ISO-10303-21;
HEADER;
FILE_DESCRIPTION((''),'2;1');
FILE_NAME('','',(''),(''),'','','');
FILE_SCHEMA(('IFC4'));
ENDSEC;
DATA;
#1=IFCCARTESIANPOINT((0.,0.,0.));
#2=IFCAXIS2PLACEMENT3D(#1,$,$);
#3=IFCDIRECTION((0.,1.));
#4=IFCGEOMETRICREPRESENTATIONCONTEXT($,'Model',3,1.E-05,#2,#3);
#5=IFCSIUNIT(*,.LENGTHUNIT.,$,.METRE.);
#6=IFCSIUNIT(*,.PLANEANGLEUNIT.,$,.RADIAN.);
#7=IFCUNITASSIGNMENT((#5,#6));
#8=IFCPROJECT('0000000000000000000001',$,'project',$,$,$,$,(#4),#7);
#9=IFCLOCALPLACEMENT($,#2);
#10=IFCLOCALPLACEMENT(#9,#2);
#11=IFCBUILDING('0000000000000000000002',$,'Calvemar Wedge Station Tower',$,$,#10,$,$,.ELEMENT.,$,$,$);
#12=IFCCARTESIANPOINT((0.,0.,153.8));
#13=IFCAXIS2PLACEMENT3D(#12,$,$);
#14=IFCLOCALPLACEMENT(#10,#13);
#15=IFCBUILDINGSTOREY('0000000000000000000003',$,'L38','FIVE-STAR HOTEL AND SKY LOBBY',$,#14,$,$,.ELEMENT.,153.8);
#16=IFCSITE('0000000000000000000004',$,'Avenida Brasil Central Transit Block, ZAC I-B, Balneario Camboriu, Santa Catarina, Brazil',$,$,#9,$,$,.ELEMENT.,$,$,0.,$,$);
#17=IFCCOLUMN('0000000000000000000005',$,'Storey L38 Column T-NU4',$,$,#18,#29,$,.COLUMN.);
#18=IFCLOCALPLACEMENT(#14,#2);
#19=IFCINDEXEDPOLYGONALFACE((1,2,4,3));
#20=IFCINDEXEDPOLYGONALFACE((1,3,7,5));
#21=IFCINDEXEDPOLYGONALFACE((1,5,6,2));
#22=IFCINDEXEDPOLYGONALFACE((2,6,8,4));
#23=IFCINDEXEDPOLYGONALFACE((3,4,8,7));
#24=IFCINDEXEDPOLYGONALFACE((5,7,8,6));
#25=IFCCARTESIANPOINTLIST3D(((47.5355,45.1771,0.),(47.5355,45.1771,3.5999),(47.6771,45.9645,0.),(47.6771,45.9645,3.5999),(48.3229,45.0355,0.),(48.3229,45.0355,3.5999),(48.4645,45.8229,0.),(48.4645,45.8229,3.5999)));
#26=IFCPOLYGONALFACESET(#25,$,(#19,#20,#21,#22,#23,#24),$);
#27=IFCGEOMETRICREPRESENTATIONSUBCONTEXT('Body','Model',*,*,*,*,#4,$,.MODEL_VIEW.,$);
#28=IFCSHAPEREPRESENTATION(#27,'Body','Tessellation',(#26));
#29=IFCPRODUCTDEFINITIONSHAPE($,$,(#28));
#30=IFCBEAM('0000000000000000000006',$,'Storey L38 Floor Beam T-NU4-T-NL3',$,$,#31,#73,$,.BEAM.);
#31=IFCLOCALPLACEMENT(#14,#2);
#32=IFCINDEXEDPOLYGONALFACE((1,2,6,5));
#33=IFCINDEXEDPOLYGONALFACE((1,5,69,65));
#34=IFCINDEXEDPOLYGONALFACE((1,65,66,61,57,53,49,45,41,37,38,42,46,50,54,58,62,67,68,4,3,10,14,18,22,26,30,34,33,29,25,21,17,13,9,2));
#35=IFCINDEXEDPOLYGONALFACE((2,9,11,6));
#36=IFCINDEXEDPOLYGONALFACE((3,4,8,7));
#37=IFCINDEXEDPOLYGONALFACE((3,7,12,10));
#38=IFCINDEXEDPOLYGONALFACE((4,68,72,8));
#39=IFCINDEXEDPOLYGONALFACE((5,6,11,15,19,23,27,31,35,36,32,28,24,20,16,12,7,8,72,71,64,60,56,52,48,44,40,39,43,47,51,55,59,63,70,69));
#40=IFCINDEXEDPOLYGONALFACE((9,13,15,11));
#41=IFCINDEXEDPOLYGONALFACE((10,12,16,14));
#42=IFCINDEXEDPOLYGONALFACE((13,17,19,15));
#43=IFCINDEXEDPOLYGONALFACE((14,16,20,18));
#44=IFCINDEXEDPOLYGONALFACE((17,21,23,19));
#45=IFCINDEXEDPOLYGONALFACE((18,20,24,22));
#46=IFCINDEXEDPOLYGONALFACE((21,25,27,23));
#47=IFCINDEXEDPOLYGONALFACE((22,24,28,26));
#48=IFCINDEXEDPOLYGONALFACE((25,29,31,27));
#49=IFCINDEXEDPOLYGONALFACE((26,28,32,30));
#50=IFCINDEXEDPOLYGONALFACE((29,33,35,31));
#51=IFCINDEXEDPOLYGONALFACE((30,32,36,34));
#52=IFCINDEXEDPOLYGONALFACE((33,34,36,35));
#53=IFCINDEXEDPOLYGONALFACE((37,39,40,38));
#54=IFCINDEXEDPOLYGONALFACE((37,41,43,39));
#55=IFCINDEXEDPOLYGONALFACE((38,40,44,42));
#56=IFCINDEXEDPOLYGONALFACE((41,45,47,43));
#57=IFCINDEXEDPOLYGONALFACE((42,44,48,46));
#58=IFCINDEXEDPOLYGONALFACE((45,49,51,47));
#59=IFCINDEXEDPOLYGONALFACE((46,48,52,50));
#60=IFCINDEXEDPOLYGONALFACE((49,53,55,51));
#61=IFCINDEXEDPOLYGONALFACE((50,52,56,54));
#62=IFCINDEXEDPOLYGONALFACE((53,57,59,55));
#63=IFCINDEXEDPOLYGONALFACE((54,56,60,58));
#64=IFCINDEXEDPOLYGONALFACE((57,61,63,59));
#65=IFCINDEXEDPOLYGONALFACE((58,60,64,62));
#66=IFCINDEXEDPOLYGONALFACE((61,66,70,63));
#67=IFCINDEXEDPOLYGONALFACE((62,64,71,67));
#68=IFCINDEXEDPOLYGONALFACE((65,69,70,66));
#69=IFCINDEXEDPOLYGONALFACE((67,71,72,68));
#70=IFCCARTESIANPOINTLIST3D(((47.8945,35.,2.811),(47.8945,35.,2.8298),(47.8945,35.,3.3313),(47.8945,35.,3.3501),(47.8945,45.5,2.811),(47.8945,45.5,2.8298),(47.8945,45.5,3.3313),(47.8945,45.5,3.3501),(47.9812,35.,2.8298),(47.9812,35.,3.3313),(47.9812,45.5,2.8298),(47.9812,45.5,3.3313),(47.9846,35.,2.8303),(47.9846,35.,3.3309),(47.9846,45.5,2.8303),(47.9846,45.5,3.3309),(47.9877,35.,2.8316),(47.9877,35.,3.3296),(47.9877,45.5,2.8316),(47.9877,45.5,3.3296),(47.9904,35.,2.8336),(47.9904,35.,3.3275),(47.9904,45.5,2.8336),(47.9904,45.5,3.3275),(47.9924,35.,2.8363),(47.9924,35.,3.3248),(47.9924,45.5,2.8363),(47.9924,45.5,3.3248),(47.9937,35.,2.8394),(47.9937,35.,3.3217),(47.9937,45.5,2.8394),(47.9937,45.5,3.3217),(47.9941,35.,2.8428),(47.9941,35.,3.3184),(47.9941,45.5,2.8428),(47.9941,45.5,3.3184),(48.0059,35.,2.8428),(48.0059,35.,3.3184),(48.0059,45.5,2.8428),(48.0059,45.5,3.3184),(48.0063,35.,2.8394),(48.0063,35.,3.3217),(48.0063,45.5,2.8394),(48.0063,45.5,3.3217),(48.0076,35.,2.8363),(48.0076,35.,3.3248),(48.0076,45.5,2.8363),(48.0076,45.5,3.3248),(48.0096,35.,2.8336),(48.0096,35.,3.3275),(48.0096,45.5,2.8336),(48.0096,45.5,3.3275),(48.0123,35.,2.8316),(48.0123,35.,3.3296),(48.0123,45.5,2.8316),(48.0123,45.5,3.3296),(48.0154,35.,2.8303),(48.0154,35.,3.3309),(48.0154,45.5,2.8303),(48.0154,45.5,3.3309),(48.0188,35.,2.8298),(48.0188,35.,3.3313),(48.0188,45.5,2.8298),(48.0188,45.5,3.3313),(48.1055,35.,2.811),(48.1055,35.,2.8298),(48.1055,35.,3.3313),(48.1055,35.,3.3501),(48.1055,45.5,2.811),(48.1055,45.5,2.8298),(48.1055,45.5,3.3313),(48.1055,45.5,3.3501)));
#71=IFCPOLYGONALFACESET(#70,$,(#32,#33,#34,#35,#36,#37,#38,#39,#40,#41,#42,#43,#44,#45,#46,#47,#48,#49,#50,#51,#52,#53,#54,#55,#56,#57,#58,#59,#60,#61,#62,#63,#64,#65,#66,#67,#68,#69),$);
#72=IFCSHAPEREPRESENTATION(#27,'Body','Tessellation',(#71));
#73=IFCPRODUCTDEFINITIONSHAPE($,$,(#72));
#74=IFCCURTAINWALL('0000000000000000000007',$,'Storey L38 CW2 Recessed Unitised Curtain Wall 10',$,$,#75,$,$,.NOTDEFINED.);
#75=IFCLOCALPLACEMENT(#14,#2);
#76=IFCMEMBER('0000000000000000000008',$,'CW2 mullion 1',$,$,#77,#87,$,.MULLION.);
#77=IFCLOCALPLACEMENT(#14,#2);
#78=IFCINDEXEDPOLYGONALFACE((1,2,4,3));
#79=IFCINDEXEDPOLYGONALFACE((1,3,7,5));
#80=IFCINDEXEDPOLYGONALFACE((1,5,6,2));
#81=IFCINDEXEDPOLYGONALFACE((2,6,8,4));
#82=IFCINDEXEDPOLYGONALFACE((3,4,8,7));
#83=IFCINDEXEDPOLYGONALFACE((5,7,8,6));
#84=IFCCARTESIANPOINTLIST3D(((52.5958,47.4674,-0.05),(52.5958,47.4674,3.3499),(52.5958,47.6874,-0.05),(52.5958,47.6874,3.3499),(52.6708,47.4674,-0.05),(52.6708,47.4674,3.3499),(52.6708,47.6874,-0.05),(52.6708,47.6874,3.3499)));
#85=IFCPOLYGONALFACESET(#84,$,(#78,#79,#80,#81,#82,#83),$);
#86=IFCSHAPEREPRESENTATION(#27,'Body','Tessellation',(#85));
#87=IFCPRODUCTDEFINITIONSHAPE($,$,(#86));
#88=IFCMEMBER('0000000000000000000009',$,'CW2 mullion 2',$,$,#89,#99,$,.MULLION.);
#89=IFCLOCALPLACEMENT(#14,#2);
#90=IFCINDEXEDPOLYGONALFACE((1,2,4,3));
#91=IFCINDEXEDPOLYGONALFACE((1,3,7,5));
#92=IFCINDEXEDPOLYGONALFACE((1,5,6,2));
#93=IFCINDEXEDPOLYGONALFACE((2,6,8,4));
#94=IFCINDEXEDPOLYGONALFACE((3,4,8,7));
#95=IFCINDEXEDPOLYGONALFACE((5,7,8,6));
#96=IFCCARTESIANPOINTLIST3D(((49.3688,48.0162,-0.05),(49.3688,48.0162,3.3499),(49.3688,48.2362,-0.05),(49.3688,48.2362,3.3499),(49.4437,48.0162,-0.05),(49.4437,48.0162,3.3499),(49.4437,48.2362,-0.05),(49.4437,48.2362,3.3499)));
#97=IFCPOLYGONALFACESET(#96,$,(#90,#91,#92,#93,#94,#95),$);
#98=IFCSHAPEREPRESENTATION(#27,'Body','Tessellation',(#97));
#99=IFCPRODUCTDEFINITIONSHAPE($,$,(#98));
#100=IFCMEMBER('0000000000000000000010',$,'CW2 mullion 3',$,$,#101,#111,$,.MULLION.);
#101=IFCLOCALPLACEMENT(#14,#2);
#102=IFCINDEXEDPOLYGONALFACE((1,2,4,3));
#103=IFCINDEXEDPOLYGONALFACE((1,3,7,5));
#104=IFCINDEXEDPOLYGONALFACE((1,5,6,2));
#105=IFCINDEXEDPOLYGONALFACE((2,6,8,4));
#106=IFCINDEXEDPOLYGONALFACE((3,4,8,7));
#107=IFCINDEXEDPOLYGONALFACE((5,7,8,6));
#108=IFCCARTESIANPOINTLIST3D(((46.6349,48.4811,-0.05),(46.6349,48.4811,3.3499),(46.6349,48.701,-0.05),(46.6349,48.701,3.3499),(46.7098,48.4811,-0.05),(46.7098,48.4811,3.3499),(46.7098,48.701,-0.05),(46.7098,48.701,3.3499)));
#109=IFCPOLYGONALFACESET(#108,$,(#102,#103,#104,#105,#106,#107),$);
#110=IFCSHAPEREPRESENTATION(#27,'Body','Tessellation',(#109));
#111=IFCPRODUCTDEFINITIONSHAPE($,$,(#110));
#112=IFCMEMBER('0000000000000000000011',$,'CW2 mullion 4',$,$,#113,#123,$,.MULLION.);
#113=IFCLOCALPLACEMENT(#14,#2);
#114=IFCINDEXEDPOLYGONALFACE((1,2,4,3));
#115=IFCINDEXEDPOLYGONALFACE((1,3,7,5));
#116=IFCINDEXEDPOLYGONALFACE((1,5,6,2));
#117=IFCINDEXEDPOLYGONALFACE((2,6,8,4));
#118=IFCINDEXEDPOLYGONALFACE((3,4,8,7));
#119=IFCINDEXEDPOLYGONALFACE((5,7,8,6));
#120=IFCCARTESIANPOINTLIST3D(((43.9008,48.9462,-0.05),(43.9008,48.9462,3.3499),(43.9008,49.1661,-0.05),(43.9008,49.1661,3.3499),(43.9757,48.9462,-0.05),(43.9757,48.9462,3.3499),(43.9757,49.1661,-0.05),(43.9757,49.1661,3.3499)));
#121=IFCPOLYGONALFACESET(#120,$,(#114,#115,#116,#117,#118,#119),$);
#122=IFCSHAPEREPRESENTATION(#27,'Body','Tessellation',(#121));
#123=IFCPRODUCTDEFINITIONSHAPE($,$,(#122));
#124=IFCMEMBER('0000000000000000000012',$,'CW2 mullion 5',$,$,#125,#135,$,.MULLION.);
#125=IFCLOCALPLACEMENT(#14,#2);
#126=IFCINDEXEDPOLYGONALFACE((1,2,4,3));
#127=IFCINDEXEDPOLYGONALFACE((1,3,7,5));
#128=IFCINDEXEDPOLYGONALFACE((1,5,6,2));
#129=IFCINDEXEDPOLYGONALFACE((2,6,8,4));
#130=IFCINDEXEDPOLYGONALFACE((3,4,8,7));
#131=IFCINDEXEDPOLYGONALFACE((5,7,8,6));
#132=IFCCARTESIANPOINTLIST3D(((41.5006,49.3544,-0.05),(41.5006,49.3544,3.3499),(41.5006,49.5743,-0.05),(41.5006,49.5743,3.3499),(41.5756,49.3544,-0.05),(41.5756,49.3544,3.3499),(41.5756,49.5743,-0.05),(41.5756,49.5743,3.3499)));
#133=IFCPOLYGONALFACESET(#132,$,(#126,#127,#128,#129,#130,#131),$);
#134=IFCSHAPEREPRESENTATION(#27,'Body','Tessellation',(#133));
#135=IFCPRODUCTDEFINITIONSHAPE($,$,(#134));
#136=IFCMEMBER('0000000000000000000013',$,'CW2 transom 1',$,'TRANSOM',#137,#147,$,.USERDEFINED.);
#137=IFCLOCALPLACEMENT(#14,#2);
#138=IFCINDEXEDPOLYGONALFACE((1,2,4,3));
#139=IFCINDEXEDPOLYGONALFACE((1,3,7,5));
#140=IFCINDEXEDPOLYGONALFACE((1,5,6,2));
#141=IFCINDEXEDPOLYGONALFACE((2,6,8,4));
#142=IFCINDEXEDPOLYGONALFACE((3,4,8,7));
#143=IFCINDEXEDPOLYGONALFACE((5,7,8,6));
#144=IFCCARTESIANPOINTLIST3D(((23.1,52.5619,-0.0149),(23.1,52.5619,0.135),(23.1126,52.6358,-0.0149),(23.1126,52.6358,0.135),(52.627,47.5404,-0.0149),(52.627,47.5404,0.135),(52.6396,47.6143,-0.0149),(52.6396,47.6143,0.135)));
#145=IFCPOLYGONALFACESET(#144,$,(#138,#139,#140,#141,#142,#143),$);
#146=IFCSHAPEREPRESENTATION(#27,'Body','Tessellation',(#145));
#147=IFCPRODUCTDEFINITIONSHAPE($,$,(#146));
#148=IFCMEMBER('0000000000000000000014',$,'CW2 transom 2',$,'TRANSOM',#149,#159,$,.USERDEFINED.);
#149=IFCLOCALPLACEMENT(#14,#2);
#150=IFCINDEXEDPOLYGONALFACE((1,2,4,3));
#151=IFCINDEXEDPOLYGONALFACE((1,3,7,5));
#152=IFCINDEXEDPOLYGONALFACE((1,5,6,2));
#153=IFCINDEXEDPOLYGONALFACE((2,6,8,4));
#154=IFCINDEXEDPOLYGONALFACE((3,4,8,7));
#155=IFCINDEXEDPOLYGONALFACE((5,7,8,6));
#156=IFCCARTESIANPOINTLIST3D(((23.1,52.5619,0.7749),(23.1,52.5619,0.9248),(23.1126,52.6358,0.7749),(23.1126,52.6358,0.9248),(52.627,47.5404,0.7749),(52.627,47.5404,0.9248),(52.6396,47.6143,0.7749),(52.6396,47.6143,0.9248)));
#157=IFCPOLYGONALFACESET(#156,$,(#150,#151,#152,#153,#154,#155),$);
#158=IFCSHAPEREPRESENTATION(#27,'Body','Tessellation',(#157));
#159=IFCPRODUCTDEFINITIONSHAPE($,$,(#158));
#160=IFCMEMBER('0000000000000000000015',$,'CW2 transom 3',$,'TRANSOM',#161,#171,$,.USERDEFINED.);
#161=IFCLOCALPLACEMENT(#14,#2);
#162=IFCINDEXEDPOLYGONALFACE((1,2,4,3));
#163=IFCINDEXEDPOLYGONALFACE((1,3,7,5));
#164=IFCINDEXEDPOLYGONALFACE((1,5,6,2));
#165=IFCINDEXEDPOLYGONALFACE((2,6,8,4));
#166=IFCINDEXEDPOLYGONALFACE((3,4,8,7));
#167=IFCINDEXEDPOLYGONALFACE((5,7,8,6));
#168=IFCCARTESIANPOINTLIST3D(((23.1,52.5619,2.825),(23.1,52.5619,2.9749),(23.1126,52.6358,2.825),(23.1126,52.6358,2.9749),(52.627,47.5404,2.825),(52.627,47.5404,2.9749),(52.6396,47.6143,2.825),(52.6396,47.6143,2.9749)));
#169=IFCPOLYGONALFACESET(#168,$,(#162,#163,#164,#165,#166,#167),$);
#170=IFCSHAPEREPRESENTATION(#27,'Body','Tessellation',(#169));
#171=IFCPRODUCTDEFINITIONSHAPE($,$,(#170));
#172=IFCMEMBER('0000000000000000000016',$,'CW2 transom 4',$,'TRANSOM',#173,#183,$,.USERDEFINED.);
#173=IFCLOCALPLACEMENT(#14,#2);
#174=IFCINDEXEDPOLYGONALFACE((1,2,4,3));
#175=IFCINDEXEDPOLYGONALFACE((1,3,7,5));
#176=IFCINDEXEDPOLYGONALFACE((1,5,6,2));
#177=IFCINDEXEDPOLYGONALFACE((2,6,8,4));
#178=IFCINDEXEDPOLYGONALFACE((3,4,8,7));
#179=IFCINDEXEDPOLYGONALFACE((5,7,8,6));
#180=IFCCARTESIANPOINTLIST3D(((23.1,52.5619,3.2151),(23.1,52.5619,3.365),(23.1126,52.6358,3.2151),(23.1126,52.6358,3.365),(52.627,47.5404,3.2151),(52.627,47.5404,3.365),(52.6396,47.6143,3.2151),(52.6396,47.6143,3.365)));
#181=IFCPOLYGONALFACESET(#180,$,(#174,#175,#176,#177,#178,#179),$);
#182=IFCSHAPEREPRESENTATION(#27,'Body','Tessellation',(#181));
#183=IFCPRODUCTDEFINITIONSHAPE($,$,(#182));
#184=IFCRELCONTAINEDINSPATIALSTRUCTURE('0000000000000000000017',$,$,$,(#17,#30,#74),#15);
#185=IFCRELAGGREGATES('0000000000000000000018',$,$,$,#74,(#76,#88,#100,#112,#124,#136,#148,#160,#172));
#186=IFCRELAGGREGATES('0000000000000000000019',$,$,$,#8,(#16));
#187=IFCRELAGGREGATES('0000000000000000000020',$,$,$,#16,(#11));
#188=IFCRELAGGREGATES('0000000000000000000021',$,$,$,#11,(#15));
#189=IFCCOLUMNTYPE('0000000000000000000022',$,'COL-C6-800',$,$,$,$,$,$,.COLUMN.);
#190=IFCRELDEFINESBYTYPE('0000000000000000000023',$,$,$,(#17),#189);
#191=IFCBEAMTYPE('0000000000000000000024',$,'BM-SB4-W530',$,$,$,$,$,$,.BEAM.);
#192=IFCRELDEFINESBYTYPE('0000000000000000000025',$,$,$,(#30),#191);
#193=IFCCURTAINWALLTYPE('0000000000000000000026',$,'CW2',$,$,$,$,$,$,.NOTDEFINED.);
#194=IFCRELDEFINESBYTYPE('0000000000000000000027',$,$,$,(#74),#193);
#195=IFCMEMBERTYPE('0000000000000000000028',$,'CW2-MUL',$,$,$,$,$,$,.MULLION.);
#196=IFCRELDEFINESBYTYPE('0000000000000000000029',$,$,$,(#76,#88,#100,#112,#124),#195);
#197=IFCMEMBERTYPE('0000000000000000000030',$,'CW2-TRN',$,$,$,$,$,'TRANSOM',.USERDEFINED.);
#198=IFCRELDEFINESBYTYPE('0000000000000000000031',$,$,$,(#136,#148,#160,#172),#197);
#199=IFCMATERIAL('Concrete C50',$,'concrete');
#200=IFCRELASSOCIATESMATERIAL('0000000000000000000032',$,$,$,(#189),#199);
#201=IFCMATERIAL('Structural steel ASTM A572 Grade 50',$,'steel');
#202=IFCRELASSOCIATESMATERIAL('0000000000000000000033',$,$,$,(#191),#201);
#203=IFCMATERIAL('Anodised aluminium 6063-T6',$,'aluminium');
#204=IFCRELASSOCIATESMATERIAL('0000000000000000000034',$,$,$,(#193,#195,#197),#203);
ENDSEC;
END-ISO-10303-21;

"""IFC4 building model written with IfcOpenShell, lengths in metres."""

from ifc_helpers import new_model, si_unit, direction, frame, origin, origin_2d, place, context, subcontext, project, spatial, rectangle, i_section, extrude, source, transform, mapped, material, material_profile, profile_set, type_object, element, aggregate, save


model = new_model("IFC4")

# Units and contexts
model_context = context("Model", 3, precision=1e-05, world=origin(), true_north=direction((0.0, 1.0)))
body_context = subcontext(model_context, "Body", "Model", "MODEL_VIEW")
ifc_project = project(units=[si_unit("LENGTHUNIT", "METRE"), si_unit("PLANEANGLEUNIT", "RADIAN")], contexts=[model_context])

# Site, building, storey
site_placement = place(None, origin())
site = spatial("IfcSite", under=ifc_project, at=site_placement, Name="Avenida Brasil Central Transit Block, ZAC I-B, Balneario Camboriu, Santa Catarina, Brazil", CompositionType="ELEMENT", RefElevation=0.0)
building_placement = place(site_placement, origin())
building = spatial("IfcBuilding", under=site, at=building_placement, Name="Calvemar Wedge Station Tower", CompositionType="ELEMENT")
storey_placement = place(building_placement, frame((0.0, 0.0, 153.8)))
storey = spatial("IfcBuildingStorey", under=building, at=storey_placement, Name="L38", Description="FIVE-STAR HOTEL AND SKY LOBBY", CompositionType="ELEMENT", Elevation=153.8)

# Column
ifc_material_1 = material(Name="Concrete C50", Category="concrete")
ifc_material_profile_1 = material_profile(ifc_material_1, rectangle(XDim=0.8, YDim=0.8, at=origin_2d()), Name="RC800x800")
ifc_profile_set_1 = profile_set([ifc_material_profile_1], Name="Concrete C50")
column_type = type_object("IfcColumnType", Name="COL-C6-800", PredefinedType="COLUMN", material=ifc_profile_set_1)
shared_shape_1 = source(origin(), body_context, "Body", "SweptSolid", [
    extrude(rectangle(XDim=0.8, YDim=0.8, at=origin_2d()), origin(), (0.0, 0.0, 1.0), 3.5999),
])
column_placement = place(storey_placement, frame((48.0, 45.5, 0.0), z_axis=(0.0, 0.0, 1.0), x_axis=(0.984196, -0.177085, 0.0)))
element("IfcColumn", 1, at=column_placement, inside=storey, type_object=column_type, Name="Storey L38 Column T-NU4", PredefinedType="COLUMN", context=body_context, shape_type="MappedRepresentation", body=[
    mapped(shared_shape_1, transform((0.0, 0.0, 0.0), scale=1.0)),
])

# Beam
ifc_material_2 = material(Name="Structural steel ASTM A572 Grade 50", Category="steel")
ifc_material_profile_2 = material_profile(ifc_material_2, i_section(OverallWidth=0.2109, OverallDepth=0.5391, WebThickness=0.0117, FlangeThickness=0.0188, FilletRadius=0.0129, at=origin_2d()), Name="W530x109")
ifc_profile_set_2 = profile_set([ifc_material_profile_2], Name="Structural steel ASTM A572 Grade 50")
beam_type = type_object("IfcBeamType", Name="BM-SB4-W530", PredefinedType="BEAM", material=ifc_profile_set_2)
shared_shape_2 = source(origin(), body_context, "Body", "SweptSolid", [
    extrude(i_section(OverallWidth=0.2109, OverallDepth=0.5391, WebThickness=0.0117, FlangeThickness=0.0188, FilletRadius=0.0129, at=origin_2d()), origin(), (0.0, 0.0, 1.0), 10.5),
])
beam_placement = place(storey_placement, frame((48.0, 45.5, 3.0806), z_axis=(0.0, -1.0, 0.0), x_axis=(1.0, 0.0, 0.0)))
element("IfcBeam", 2, at=beam_placement, inside=storey, type_object=beam_type, Name="Storey L38 Floor Beam T-NU4-T-NL3", PredefinedType="BEAM", context=body_context, shape_type="MappedRepresentation", body=[
    mapped(shared_shape_2, transform((0.0, 0.0, 0.0), scale=1.0)),
])

# Curtain wall, members
ifc_material_3 = material(Name="Anodised aluminium 6063-T6", Category="aluminium")
curtain_wall_type = type_object("IfcCurtainWallType", Name="CW2", PredefinedType="NOTDEFINED", material=ifc_material_3)
curtain_wall_placement = place(storey_placement, origin())
curtain_wall = element("IfcCurtainWall", 3, at=curtain_wall_placement, inside=storey, type_object=curtain_wall_type, Name="Storey L38 CW2 Recessed Unitised Curtain Wall 10", PredefinedType="NOTDEFINED")
ifc_material_profile_3 = material_profile(ifc_material_3, rectangle(XDim=0.075, YDim=0.22, at=origin_2d()), Name="AL-MUL-75x220")
ifc_profile_set_3 = profile_set([ifc_material_profile_3], Name="Anodised aluminium 6063-T6")
member_type_1 = type_object("IfcMemberType", Name="CW2-MUL", PredefinedType="MULLION", material=ifc_profile_set_3)
shared_shape_3 = source(origin(), body_context, "Body", "SweptSolid", [
    extrude(rectangle(XDim=0.075, YDim=0.22, at=origin_2d()), origin(), (0.0, 0.0, 1.0), 3.3999),
])
member_1_placement = place(storey_placement, frame((52.6333, 47.5774, -0.05), z_axis=(0.0, 0.0, 1.0), x_axis=(1.0, 0.0, 0.0)))
member_1 = element("IfcMember", 4, at=member_1_placement, type_object=member_type_1, Name="CW2 mullion 1", PredefinedType="MULLION", context=body_context, shape_type="MappedRepresentation", body=[
    mapped(shared_shape_3, transform((0.0, 0.0, 0.0), scale=1.0)),
])
member_2_placement = place(storey_placement, frame((49.4062, 48.1262, -0.05), z_axis=(0.0, 0.0, 1.0), x_axis=(1.0, 0.0, 0.0)))
member_2 = element("IfcMember", 5, at=member_2_placement, type_object=member_type_1, Name="CW2 mullion 2", PredefinedType="MULLION", context=body_context, shape_type="MappedRepresentation", body=[
    mapped(shared_shape_3, transform((0.0, 0.0, 0.0), scale=1.0)),
])
member_3_placement = place(storey_placement, frame((46.6724, 48.5911, -0.05), z_axis=(0.0, 0.0, 1.0), x_axis=(1.0, 0.0, 0.0)))
member_3 = element("IfcMember", 6, at=member_3_placement, type_object=member_type_1, Name="CW2 mullion 3", PredefinedType="MULLION", context=body_context, shape_type="MappedRepresentation", body=[
    mapped(shared_shape_3, transform((0.0, 0.0, 0.0), scale=1.0)),
])
member_4_placement = place(storey_placement, frame((43.9382, 49.0562, -0.05), z_axis=(0.0, 0.0, 1.0), x_axis=(1.0, 0.0, 0.0)))
member_4 = element("IfcMember", 7, at=member_4_placement, type_object=member_type_1, Name="CW2 mullion 4", PredefinedType="MULLION", context=body_context, shape_type="MappedRepresentation", body=[
    mapped(shared_shape_3, transform((0.0, 0.0, 0.0), scale=1.0)),
])
member_5_placement = place(storey_placement, frame((41.5381, 49.4644, -0.05), z_axis=(0.0, 0.0, 1.0), x_axis=(1.0, 0.0, 0.0)))
member_5 = element("IfcMember", 8, at=member_5_placement, type_object=member_type_1, Name="CW2 mullion 5", PredefinedType="MULLION", context=body_context, shape_type="MappedRepresentation", body=[
    mapped(shared_shape_3, transform((0.0, 0.0, 0.0), scale=1.0)),
])
ifc_material_profile_4 = material_profile(ifc_material_3, rectangle(XDim=0.075, YDim=0.1499, at=origin_2d()), Name="AL-TRN-75x150")
ifc_profile_set_4 = profile_set([ifc_material_profile_4], Name="Anodised aluminium 6063-T6")
member_type_2 = type_object("IfcMemberType", Name="CW2-TRN", ElementType="TRANSOM", PredefinedType="USERDEFINED", material=ifc_profile_set_4)
shared_shape_4 = source(origin(), body_context, "Body", "SweptSolid", [
    extrude(rectangle(XDim=0.075, YDim=0.1499, at=origin_2d()), origin(), (0.0, 0.0, 1.0), 29.9509),
])
member_6_placement = place(storey_placement, frame((52.6333, 47.5774, 0.0601), z_axis=(-0.985845, 0.167656, 0.0), x_axis=(-0.167656, -0.985845, 0.0)))
member_6 = element("IfcMember", 9, at=member_6_placement, type_object=member_type_2, Name="CW2 transom 1", ObjectType="TRANSOM", PredefinedType="USERDEFINED", context=body_context, shape_type="MappedRepresentation", body=[
    mapped(shared_shape_4, transform((0.0, 0.0, 0.0), scale=1.0)),
])
member_7_placement = place(storey_placement, frame((52.6333, 47.5774, 0.8499), z_axis=(-0.985845, 0.167656, 0.0), x_axis=(-0.167656, -0.985845, 0.0)))
member_7 = element("IfcMember", 10, at=member_7_placement, type_object=member_type_2, Name="CW2 transom 2", ObjectType="TRANSOM", PredefinedType="USERDEFINED", context=body_context, shape_type="MappedRepresentation", body=[
    mapped(shared_shape_4, transform((0.0, 0.0, 0.0), scale=1.0)),
])
member_8_placement = place(storey_placement, frame((52.6333, 47.5774, 2.8999), z_axis=(-0.985845, 0.167656, 0.0), x_axis=(-0.167656, -0.985845, 0.0)))
member_8 = element("IfcMember", 11, at=member_8_placement, type_object=member_type_2, Name="CW2 transom 3", ObjectType="TRANSOM", PredefinedType="USERDEFINED", context=body_context, shape_type="MappedRepresentation", body=[
    mapped(shared_shape_4, transform((0.0, 0.0, 0.0), scale=1.0)),
])
member_9_placement = place(storey_placement, frame((52.6333, 47.5774, 3.29), z_axis=(-0.985845, 0.167656, 0.0), x_axis=(-0.167656, -0.985845, 0.0)))
member_9 = element("IfcMember", 12, at=member_9_placement, type_object=member_type_2, Name="CW2 transom 4", ObjectType="TRANSOM", PredefinedType="USERDEFINED", context=body_context, shape_type="MappedRepresentation", body=[
    mapped(shared_shape_4, transform((0.0, 0.0, 0.0), scale=1.0)),
])
aggregate(curtain_wall, [member_1, member_2, member_3, member_4, member_5, member_6, member_7, member_8, member_9])

save(model, "model.ifc")
